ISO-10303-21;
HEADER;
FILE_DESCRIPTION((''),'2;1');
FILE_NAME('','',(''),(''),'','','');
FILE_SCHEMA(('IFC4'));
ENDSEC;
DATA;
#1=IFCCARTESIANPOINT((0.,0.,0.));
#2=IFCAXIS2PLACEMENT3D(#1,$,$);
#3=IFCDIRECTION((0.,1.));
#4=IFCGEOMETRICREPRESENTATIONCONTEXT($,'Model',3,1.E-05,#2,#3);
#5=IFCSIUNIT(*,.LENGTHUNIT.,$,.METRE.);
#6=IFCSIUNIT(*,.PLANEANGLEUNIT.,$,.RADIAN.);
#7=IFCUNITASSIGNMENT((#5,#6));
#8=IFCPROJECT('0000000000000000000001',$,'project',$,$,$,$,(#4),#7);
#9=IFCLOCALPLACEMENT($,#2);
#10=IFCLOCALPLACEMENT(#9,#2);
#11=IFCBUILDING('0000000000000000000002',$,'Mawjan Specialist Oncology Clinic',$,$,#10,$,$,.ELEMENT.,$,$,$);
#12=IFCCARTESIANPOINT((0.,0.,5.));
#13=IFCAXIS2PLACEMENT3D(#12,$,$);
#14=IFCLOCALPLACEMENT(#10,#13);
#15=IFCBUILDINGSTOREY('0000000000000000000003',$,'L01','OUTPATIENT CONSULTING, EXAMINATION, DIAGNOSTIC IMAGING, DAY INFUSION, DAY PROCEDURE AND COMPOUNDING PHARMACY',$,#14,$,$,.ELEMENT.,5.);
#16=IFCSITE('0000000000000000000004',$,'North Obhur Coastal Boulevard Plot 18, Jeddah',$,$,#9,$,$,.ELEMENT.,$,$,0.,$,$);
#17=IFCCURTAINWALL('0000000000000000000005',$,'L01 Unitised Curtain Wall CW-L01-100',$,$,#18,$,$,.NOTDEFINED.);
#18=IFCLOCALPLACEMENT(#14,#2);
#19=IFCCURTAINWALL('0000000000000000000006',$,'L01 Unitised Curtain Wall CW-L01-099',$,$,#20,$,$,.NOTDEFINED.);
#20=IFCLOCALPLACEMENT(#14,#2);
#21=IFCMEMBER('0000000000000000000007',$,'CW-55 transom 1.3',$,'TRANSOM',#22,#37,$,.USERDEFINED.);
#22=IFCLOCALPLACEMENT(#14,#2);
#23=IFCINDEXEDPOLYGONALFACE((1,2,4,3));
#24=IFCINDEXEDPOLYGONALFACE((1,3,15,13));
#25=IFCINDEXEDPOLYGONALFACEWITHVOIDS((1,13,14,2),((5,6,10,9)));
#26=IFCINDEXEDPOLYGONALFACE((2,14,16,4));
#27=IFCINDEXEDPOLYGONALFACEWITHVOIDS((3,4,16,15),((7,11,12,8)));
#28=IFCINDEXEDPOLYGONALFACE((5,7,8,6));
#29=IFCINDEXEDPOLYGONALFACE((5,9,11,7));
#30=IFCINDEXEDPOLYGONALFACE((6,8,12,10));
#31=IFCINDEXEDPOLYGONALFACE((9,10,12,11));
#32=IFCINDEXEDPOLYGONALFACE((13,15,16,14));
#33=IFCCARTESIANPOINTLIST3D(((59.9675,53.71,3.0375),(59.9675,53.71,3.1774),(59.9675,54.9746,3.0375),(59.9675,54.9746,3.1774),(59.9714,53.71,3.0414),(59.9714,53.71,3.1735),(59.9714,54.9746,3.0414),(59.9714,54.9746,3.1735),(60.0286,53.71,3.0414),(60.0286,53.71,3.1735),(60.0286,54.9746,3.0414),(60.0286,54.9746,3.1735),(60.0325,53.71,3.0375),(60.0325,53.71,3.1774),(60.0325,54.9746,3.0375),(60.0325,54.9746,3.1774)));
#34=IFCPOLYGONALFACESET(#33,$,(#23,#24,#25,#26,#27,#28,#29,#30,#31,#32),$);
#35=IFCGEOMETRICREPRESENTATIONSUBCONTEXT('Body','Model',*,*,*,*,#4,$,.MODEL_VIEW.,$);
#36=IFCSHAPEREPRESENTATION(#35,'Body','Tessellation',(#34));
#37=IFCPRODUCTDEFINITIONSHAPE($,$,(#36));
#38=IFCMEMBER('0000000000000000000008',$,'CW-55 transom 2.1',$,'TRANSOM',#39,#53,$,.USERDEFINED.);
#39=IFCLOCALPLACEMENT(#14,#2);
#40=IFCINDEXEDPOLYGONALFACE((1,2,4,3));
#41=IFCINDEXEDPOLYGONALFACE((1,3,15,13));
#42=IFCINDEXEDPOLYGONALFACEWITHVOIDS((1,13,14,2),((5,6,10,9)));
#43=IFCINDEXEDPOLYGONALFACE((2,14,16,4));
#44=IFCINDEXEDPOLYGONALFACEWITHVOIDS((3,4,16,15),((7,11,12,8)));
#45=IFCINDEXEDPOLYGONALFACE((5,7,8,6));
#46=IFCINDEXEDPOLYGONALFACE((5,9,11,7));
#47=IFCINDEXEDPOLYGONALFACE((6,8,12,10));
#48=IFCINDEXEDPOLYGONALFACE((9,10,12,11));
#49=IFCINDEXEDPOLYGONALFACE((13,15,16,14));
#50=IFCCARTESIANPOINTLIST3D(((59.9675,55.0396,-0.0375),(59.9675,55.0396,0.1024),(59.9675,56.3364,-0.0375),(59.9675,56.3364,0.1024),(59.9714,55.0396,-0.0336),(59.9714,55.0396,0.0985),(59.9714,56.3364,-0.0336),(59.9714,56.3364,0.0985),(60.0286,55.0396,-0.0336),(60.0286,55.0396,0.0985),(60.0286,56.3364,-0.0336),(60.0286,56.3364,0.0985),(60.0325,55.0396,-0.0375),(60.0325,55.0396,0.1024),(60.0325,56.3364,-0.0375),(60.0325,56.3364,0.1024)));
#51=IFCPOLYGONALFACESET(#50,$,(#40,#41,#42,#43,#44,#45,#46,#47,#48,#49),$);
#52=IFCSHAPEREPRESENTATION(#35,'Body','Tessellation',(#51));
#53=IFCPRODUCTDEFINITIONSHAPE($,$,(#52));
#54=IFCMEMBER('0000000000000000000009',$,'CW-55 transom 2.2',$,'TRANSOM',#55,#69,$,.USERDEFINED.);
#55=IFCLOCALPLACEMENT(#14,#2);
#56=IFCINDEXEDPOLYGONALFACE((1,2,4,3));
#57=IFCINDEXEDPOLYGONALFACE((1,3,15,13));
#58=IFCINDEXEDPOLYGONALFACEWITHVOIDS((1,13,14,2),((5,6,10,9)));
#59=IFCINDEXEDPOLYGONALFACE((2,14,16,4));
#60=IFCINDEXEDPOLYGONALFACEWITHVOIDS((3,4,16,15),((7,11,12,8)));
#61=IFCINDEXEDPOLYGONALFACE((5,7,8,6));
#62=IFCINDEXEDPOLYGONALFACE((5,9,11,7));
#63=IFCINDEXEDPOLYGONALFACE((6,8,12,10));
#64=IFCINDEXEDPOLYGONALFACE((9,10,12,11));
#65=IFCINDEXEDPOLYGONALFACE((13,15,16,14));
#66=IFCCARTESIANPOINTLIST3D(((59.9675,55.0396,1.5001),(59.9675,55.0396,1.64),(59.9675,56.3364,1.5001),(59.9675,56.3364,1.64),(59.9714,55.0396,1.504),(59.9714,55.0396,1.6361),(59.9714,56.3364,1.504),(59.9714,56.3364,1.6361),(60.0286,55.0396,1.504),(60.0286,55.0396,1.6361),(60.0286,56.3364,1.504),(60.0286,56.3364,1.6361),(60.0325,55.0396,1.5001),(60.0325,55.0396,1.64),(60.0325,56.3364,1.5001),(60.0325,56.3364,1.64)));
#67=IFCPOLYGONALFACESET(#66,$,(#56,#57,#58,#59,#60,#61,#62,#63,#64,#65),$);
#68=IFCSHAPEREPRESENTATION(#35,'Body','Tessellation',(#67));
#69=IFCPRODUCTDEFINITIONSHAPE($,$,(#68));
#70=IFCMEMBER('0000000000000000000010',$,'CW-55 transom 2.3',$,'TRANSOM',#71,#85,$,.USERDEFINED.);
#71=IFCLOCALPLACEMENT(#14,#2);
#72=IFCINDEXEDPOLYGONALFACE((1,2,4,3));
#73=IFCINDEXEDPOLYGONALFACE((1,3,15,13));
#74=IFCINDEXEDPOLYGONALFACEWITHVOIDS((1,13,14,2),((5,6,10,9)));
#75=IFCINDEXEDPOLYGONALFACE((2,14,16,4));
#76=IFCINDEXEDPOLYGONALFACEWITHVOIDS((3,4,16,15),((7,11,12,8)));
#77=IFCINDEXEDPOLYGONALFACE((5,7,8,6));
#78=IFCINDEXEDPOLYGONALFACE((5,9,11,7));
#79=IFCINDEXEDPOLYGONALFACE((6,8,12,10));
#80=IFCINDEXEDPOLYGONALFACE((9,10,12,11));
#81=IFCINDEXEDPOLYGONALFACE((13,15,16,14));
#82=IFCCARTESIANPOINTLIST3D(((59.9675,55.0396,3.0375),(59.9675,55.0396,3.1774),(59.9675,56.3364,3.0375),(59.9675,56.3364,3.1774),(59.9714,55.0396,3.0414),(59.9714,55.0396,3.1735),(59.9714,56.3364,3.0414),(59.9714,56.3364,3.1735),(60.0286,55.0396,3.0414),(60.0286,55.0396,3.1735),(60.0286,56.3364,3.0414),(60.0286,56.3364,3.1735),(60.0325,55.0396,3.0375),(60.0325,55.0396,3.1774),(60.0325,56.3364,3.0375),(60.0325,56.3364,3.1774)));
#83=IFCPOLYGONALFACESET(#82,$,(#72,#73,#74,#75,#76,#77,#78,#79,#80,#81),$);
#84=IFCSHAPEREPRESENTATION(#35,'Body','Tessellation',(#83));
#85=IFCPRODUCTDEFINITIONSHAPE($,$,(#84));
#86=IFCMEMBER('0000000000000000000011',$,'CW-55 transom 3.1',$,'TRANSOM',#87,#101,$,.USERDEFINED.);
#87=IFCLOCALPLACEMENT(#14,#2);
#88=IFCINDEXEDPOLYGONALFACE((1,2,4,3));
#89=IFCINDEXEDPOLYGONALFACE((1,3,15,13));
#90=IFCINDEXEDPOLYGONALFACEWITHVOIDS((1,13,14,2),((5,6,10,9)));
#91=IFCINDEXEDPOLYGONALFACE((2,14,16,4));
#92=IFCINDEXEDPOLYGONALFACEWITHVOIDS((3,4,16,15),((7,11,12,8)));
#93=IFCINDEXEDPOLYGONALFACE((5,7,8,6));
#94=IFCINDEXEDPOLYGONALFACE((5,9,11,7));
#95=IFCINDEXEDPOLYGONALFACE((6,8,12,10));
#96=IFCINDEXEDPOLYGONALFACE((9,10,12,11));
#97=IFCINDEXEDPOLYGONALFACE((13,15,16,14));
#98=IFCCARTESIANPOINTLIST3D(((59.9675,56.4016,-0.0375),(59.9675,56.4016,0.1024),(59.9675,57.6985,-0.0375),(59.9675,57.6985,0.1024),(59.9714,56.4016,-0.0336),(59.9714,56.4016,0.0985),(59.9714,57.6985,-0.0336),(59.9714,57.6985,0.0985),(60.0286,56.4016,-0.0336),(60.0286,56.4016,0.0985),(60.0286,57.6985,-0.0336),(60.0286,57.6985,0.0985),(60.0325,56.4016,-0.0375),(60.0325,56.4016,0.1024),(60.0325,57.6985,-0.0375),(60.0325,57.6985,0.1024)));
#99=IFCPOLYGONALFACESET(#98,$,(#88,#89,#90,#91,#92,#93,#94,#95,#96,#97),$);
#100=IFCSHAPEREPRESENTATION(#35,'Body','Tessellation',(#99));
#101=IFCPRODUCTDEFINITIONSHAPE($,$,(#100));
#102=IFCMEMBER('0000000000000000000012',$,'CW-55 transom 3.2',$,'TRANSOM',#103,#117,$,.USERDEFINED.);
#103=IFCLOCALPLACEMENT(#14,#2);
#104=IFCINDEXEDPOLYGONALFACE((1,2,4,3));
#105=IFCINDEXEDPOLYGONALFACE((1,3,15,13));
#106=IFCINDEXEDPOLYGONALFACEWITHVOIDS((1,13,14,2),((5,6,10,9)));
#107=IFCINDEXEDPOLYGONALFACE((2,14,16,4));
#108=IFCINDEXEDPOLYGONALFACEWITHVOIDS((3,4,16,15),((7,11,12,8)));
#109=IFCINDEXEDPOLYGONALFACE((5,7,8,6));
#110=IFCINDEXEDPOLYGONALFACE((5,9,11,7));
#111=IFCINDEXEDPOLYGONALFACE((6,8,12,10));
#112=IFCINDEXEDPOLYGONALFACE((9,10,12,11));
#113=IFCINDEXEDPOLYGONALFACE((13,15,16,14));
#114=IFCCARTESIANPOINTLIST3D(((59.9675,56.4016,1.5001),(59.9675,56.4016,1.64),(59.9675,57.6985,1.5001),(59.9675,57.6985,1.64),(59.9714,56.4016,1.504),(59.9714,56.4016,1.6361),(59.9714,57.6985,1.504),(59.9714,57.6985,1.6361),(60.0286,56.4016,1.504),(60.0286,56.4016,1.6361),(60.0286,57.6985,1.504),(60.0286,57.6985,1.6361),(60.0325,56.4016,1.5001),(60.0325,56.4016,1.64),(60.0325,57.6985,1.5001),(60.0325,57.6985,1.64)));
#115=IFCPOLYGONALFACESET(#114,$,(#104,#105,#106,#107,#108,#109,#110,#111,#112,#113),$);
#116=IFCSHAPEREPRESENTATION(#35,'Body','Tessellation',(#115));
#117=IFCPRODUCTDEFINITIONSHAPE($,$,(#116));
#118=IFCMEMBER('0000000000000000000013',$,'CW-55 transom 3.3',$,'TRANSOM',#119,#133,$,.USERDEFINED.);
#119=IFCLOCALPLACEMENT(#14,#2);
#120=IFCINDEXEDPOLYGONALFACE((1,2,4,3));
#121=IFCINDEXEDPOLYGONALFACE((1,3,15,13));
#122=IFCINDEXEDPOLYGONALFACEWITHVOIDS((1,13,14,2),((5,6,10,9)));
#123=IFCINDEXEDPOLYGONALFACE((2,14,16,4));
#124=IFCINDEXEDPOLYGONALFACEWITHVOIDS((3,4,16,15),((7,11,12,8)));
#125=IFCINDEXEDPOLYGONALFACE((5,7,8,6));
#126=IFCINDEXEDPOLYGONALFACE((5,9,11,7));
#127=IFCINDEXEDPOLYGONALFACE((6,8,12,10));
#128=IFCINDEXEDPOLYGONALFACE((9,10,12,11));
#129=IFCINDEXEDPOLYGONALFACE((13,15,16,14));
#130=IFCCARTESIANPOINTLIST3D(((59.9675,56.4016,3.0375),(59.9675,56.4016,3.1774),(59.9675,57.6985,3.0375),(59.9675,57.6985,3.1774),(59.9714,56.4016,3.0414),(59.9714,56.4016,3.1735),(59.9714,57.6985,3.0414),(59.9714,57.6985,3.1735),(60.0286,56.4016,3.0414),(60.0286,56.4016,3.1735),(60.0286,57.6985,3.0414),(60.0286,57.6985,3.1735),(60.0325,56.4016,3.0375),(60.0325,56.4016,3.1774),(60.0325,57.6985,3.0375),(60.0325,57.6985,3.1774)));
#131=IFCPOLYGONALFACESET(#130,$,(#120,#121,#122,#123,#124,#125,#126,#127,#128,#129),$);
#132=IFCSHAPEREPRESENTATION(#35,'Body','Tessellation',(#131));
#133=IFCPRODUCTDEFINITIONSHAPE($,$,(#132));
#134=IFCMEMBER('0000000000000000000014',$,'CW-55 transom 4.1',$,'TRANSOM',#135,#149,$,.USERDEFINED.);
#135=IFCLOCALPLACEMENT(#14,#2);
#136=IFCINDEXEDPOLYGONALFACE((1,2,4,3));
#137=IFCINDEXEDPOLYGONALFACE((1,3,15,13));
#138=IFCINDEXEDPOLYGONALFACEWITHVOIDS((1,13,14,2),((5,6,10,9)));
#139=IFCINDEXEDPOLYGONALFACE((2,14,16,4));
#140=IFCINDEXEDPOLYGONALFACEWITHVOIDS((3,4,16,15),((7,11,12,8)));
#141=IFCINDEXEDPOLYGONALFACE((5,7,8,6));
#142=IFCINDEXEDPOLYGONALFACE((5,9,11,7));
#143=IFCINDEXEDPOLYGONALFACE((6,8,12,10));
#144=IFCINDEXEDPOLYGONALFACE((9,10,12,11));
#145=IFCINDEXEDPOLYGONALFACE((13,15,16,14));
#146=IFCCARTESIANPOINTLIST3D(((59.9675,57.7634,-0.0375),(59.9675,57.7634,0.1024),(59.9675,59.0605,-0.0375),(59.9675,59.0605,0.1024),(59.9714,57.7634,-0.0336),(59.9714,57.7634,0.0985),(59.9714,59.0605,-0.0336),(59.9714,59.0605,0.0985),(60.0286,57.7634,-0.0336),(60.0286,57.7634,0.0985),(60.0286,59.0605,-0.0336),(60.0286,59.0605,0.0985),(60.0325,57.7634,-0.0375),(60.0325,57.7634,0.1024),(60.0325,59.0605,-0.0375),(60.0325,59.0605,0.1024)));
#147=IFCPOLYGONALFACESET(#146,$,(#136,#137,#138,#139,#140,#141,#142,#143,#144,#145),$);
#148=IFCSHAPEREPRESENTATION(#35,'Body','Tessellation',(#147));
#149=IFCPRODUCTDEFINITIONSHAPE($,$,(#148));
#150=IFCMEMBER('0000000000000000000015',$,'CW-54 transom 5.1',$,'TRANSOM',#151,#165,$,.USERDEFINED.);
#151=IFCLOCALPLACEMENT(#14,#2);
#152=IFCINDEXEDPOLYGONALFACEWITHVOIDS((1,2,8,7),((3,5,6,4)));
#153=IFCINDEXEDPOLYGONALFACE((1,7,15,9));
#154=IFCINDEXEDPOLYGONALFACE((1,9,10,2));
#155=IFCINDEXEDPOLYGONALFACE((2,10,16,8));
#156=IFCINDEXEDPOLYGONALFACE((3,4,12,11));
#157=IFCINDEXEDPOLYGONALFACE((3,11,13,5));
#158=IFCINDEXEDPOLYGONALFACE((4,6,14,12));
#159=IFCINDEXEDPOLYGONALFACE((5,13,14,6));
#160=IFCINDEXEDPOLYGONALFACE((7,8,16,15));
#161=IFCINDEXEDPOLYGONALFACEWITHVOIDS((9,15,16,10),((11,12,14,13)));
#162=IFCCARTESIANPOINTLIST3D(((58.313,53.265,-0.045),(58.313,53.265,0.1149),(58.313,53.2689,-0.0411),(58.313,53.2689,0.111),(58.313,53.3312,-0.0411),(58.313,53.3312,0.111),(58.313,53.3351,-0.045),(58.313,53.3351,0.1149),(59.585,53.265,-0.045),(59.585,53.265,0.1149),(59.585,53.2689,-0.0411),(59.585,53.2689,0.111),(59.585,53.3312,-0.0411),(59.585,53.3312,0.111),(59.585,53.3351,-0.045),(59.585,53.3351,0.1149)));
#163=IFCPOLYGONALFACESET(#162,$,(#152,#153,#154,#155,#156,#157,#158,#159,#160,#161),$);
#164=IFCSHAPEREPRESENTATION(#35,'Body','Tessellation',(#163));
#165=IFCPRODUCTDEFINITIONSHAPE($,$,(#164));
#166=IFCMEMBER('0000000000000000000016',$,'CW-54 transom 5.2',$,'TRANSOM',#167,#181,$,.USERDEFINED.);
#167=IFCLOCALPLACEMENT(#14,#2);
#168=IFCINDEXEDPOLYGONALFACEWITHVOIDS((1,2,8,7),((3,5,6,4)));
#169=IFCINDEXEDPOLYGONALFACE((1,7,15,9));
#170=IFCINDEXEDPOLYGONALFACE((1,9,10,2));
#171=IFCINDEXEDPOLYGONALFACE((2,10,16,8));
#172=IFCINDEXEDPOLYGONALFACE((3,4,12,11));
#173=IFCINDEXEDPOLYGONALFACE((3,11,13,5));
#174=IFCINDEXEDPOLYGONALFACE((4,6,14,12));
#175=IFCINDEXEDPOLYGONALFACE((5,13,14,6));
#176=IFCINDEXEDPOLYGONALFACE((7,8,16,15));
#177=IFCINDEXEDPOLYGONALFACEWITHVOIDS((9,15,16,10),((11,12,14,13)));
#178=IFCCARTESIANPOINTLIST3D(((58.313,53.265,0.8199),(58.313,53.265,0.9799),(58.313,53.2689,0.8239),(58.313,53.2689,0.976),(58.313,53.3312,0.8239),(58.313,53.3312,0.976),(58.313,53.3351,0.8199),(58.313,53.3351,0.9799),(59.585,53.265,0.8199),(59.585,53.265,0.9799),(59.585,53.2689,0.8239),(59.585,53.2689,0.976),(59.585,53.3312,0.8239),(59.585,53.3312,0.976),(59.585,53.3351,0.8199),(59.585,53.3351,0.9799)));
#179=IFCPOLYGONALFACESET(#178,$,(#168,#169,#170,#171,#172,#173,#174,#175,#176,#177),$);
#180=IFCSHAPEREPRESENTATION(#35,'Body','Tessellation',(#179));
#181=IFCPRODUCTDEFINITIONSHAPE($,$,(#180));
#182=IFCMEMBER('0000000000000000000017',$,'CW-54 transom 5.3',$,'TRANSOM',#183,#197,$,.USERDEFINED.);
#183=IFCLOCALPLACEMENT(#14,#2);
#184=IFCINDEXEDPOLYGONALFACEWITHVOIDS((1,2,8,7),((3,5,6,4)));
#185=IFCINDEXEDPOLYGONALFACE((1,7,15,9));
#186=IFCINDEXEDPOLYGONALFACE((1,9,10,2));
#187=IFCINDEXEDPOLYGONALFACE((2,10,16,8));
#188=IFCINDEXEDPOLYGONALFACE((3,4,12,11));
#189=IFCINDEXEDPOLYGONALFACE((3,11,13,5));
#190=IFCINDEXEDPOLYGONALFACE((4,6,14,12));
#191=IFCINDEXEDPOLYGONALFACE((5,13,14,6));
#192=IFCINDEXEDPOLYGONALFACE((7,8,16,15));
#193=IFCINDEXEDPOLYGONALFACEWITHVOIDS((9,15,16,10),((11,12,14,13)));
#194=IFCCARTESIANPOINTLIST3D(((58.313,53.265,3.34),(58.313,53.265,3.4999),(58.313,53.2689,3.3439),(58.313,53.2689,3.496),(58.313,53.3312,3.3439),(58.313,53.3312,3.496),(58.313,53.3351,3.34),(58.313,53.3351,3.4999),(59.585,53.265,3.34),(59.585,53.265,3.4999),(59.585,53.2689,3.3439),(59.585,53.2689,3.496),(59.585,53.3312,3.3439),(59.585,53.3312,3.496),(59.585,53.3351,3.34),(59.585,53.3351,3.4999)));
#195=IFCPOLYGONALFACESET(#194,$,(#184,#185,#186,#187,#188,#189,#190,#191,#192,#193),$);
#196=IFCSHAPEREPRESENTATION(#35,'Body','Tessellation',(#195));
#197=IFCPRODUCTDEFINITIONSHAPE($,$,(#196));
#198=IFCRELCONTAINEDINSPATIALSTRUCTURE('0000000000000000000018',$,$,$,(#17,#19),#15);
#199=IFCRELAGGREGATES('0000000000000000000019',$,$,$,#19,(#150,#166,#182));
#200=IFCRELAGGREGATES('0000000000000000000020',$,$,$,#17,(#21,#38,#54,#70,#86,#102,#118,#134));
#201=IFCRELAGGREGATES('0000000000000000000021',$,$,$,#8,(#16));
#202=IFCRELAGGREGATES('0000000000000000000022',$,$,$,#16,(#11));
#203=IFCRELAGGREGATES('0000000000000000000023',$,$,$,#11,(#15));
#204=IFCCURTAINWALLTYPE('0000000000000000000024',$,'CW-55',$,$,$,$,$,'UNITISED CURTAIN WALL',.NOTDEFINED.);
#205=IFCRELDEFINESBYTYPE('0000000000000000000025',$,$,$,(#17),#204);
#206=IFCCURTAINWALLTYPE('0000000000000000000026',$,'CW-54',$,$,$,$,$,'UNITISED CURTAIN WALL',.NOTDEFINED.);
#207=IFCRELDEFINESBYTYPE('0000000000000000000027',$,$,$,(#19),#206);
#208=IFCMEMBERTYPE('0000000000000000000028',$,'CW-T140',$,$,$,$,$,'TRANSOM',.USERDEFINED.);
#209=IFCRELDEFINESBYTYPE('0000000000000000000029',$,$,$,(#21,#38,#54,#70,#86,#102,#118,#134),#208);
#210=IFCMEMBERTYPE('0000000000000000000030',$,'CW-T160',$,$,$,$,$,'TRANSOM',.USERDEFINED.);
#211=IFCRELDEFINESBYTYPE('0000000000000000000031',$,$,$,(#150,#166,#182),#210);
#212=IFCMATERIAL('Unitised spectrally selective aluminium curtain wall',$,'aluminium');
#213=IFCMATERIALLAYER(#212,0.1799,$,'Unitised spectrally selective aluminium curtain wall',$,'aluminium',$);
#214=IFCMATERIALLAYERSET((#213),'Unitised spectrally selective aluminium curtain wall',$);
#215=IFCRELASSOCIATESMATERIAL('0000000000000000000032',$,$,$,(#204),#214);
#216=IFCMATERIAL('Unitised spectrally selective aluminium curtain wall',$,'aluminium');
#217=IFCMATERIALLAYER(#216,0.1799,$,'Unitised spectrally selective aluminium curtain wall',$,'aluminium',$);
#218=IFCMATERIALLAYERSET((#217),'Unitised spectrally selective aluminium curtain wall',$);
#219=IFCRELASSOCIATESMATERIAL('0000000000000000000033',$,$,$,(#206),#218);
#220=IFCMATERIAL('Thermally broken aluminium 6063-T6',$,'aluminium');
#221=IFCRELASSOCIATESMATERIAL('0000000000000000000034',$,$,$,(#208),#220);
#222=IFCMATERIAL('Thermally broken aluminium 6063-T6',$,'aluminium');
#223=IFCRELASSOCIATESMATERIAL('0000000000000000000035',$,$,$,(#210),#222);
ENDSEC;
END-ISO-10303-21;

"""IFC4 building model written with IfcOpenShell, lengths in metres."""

from ifc_helpers import new_model, si_unit, direction, frame, origin, origin_2d, place, context, subcontext, project, spatial, hollow_rectangle, extrude, material, layer, layer_set, material_profile, profile_set, type_object, element, aggregate, save


model = new_model("IFC4")

# Units and contexts
model_context = context("Model", 3, precision=1e-05, world=origin(), true_north=direction((0.0, 1.0)))
body_context = subcontext(model_context, "Body", "Model", "MODEL_VIEW")
ifc_project = project(units=[si_unit("LENGTHUNIT", "METRE"), si_unit("PLANEANGLEUNIT", "RADIAN")], contexts=[model_context])

# Site, building, storey
site_placement = place(None, origin())
site = spatial("IfcSite", under=ifc_project, at=site_placement, Name="North Obhur Coastal Boulevard Plot 18, Jeddah", CompositionType="ELEMENT", RefElevation=0.0)
building_placement = place(site_placement, origin())
building = spatial("IfcBuilding", under=site, at=building_placement, Name="Mawjan Specialist Oncology Clinic", CompositionType="ELEMENT")
storey_placement = place(building_placement, frame((0.0, 0.0, 5.0)))
storey = spatial("IfcBuildingStorey", under=building, at=storey_placement, Name="L01", Description="OUTPATIENT CONSULTING, EXAMINATION, DIAGNOSTIC IMAGING, DAY INFUSION, DAY PROCEDURE AND COMPOUNDING PHARMACY", CompositionType="ELEMENT", Elevation=5.0)

# Curtain wall
ifc_material_1 = material(Name="Unitised spectrally selective aluminium curtain wall", Category="aluminium")
ifc_layer_1 = layer(ifc_material_1, 0.1799, Name="Unitised spectrally selective aluminium curtain wall", Category="aluminium")
ifc_layer_set_1 = layer_set([ifc_layer_1], Name="Unitised spectrally selective aluminium curtain wall")
curtain_wall_type_1 = type_object("IfcCurtainWallType", Name="CW-55", ElementType="UNITISED CURTAIN WALL", PredefinedType="NOTDEFINED", material=ifc_layer_set_1)
curtain_wall_1_placement = place(storey_placement, origin())
curtain_wall_1 = element("IfcCurtainWall", 1, at=curtain_wall_1_placement, inside=storey, type_object=curtain_wall_type_1, Name="L01 Unitised Curtain Wall CW-L01-100", PredefinedType="NOTDEFINED")

# Curtain wall
ifc_material_2 = material(Name="Unitised spectrally selective aluminium curtain wall", Category="aluminium")
ifc_layer_2 = layer(ifc_material_2, 0.1799, Name="Unitised spectrally selective aluminium curtain wall", Category="aluminium")
ifc_layer_set_2 = layer_set([ifc_layer_2], Name="Unitised spectrally selective aluminium curtain wall")
curtain_wall_type_2 = type_object("IfcCurtainWallType", Name="CW-54", ElementType="UNITISED CURTAIN WALL", PredefinedType="NOTDEFINED", material=ifc_layer_set_2)
curtain_wall_2_placement = place(storey_placement, origin())
curtain_wall_2 = element("IfcCurtainWall", 2, at=curtain_wall_2_placement, inside=storey, type_object=curtain_wall_type_2, Name="L01 Unitised Curtain Wall CW-L01-099", PredefinedType="NOTDEFINED")

# Members
ifc_material_3 = material(Name="Thermally broken aluminium 6063-T6", Category="aluminium")
ifc_material_profile_1 = material_profile(ifc_material_3, hollow_rectangle(XDim=0.0649, YDim=0.1399, WallThickness=0.0039, at=origin_2d()), Name="ALU TRANSOM 140x65x4", Category="aluminium")
ifc_profile_set_1 = profile_set([ifc_material_profile_1], Name="Thermally broken aluminium 6063-T6")
member_type_1 = type_object("IfcMemberType", Name="CW-T140", ElementType="TRANSOM", PredefinedType="USERDEFINED", material=ifc_profile_set_1)
member_1_placement = place(storey_placement, frame((60.0, 53.71, 3.1074), z_axis=(0.0, 1.0, 0.0), x_axis=(-1.0, 0.0, 0.0)))
member_1 = element("IfcMember", 3, at=member_1_placement, type_object=member_type_1, Name="CW-55 transom 1.3", ObjectType="TRANSOM", PredefinedType="USERDEFINED", context=body_context, shape_type="SweptSolid", body=[
    extrude(hollow_rectangle(XDim=0.0649, YDim=0.1399, WallThickness=0.0039, at=origin_2d()), origin(), (0.0, 0.0, 1.0), 1.2646),
])
member_2_placement = place(storey_placement, frame((60.0, 55.0396, 0.0325), z_axis=(0.0, 1.0, 0.0), x_axis=(-1.0, 0.0, 0.0)))
member_2 = element("IfcMember", 4, at=member_2_placement, type_object=member_type_1, Name="CW-55 transom 2.1", ObjectType="TRANSOM", PredefinedType="USERDEFINED", context=body_context, shape_type="SweptSolid", body=[
    extrude(hollow_rectangle(XDim=0.0649, YDim=0.1399, WallThickness=0.0039, at=origin_2d()), origin(), (0.0, 0.0, 1.0), 1.2969),
])
member_3_placement = place(storey_placement, frame((60.0, 55.0396, 1.5701), z_axis=(0.0, 1.0, 0.0), x_axis=(-1.0, 0.0, 0.0)))
member_3 = element("IfcMember", 5, at=member_3_placement, type_object=member_type_1, Name="CW-55 transom 2.2", ObjectType="TRANSOM", PredefinedType="USERDEFINED", context=body_context, shape_type="SweptSolid", body=[
    extrude(hollow_rectangle(XDim=0.0649, YDim=0.1399, WallThickness=0.0039, at=origin_2d()), origin(), (0.0, 0.0, 1.0), 1.2969),
])
member_4_placement = place(storey_placement, frame((60.0, 55.0396, 3.1074), z_axis=(0.0, 1.0, 0.0), x_axis=(-1.0, 0.0, 0.0)))
member_4 = element("IfcMember", 6, at=member_4_placement, type_object=member_type_1, Name="CW-55 transom 2.3", ObjectType="TRANSOM", PredefinedType="USERDEFINED", context=body_context, shape_type="SweptSolid", body=[
    extrude(hollow_rectangle(XDim=0.0649, YDim=0.1399, WallThickness=0.0039, at=origin_2d()), origin(), (0.0, 0.0, 1.0), 1.2969),
])
member_5_placement = place(storey_placement, frame((60.0, 56.4016, 0.0325), z_axis=(0.0, 1.0, 0.0), x_axis=(-1.0, 0.0, 0.0)))
member_5 = element("IfcMember", 7, at=member_5_placement, type_object=member_type_1, Name="CW-55 transom 3.1", ObjectType="TRANSOM", PredefinedType="USERDEFINED", context=body_context, shape_type="SweptSolid", body=[
    extrude(hollow_rectangle(XDim=0.0649, YDim=0.1399, WallThickness=0.0039, at=origin_2d()), origin(), (0.0, 0.0, 1.0), 1.2969),
])
member_6_placement = place(storey_placement, frame((60.0, 56.4016, 1.5701), z_axis=(0.0, 1.0, 0.0), x_axis=(-1.0, 0.0, 0.0)))
member_6 = element("IfcMember", 8, at=member_6_placement, type_object=member_type_1, Name="CW-55 transom 3.2", ObjectType="TRANSOM", PredefinedType="USERDEFINED", context=body_context, shape_type="SweptSolid", body=[
    extrude(hollow_rectangle(XDim=0.0649, YDim=0.1399, WallThickness=0.0039, at=origin_2d()), origin(), (0.0, 0.0, 1.0), 1.2969),
])
member_7_placement = place(storey_placement, frame((60.0, 56.4016, 3.1074), z_axis=(0.0, 1.0, 0.0), x_axis=(-1.0, 0.0, 0.0)))
member_7 = element("IfcMember", 9, at=member_7_placement, type_object=member_type_1, Name="CW-55 transom 3.3", ObjectType="TRANSOM", PredefinedType="USERDEFINED", context=body_context, shape_type="SweptSolid", body=[
    extrude(hollow_rectangle(XDim=0.0649, YDim=0.1399, WallThickness=0.0039, at=origin_2d()), origin(), (0.0, 0.0, 1.0), 1.2969),
])
member_8_placement = place(storey_placement, frame((60.0, 57.7634, 0.0325), z_axis=(0.0, 1.0, 0.0), x_axis=(-1.0, 0.0, 0.0)))
member_8 = element("IfcMember", 10, at=member_8_placement, type_object=member_type_1, Name="CW-55 transom 4.1", ObjectType="TRANSOM", PredefinedType="USERDEFINED", context=body_context, shape_type="SweptSolid", body=[
    extrude(hollow_rectangle(XDim=0.0649, YDim=0.1399, WallThickness=0.0039, at=origin_2d()), origin(), (0.0, 0.0, 1.0), 1.2971),
])
ifc_material_4 = material(Name="Thermally broken aluminium 6063-T6", Category="aluminium")
ifc_material_profile_2 = material_profile(ifc_material_4, hollow_rectangle(XDim=0.0701, YDim=0.1599, WallThickness=0.0039, at=origin_2d()), Name="ALU TRANSOM 160x70x4", Category="aluminium")
ifc_profile_set_2 = profile_set([ifc_material_profile_2], Name="Thermally broken aluminium 6063-T6")
member_type_2 = type_object("IfcMemberType", Name="CW-T160", ElementType="TRANSOM", PredefinedType="USERDEFINED", material=ifc_profile_set_2)
member_9_placement = place(storey_placement, frame((58.313, 53.3, 0.0349), z_axis=(1.0, 0.0, 0.0), x_axis=(0.0, 1.0, 0.0)))
member_9 = element("IfcMember", 11, at=member_9_placement, type_object=member_type_2, Name="CW-54 transom 5.1", ObjectType="TRANSOM", PredefinedType="USERDEFINED", context=body_context, shape_type="SweptSolid", body=[
    extrude(hollow_rectangle(XDim=0.0701, YDim=0.1599, WallThickness=0.0039, at=origin_2d()), origin(), (0.0, 0.0, 1.0), 1.272),
])
member_10_placement = place(storey_placement, frame((58.313, 53.3, 0.8999), z_axis=(1.0, 0.0, 0.0), x_axis=(0.0, 1.0, 0.0)))
member_10 = element("IfcMember", 12, at=member_10_placement, type_object=member_type_2, Name="CW-54 transom 5.2", ObjectType="TRANSOM", PredefinedType="USERDEFINED", context=body_context, shape_type="SweptSolid", body=[
    extrude(hollow_rectangle(XDim=0.0701, YDim=0.1599, WallThickness=0.0039, at=origin_2d()), origin(), (0.0, 0.0, 1.0), 1.272),
])
member_11_placement = place(storey_placement, frame((58.313, 53.3, 3.4199), z_axis=(1.0, 0.0, 0.0), x_axis=(0.0, 1.0, 0.0)))
member_11 = element("IfcMember", 13, at=member_11_placement, type_object=member_type_2, Name="CW-54 transom 5.3", ObjectType="TRANSOM", PredefinedType="USERDEFINED", context=body_context, shape_type="SweptSolid", body=[
    extrude(hollow_rectangle(XDim=0.0701, YDim=0.1599, WallThickness=0.0039, at=origin_2d()), origin(), (0.0, 0.0, 1.0), 1.272),
])

aggregate(curtain_wall_2, [member_9, member_10, member_11])
aggregate(curtain_wall_1, [member_1, member_2, member_3, member_4, member_5, member_6, member_7, member_8])

save(model, "model.ifc")
